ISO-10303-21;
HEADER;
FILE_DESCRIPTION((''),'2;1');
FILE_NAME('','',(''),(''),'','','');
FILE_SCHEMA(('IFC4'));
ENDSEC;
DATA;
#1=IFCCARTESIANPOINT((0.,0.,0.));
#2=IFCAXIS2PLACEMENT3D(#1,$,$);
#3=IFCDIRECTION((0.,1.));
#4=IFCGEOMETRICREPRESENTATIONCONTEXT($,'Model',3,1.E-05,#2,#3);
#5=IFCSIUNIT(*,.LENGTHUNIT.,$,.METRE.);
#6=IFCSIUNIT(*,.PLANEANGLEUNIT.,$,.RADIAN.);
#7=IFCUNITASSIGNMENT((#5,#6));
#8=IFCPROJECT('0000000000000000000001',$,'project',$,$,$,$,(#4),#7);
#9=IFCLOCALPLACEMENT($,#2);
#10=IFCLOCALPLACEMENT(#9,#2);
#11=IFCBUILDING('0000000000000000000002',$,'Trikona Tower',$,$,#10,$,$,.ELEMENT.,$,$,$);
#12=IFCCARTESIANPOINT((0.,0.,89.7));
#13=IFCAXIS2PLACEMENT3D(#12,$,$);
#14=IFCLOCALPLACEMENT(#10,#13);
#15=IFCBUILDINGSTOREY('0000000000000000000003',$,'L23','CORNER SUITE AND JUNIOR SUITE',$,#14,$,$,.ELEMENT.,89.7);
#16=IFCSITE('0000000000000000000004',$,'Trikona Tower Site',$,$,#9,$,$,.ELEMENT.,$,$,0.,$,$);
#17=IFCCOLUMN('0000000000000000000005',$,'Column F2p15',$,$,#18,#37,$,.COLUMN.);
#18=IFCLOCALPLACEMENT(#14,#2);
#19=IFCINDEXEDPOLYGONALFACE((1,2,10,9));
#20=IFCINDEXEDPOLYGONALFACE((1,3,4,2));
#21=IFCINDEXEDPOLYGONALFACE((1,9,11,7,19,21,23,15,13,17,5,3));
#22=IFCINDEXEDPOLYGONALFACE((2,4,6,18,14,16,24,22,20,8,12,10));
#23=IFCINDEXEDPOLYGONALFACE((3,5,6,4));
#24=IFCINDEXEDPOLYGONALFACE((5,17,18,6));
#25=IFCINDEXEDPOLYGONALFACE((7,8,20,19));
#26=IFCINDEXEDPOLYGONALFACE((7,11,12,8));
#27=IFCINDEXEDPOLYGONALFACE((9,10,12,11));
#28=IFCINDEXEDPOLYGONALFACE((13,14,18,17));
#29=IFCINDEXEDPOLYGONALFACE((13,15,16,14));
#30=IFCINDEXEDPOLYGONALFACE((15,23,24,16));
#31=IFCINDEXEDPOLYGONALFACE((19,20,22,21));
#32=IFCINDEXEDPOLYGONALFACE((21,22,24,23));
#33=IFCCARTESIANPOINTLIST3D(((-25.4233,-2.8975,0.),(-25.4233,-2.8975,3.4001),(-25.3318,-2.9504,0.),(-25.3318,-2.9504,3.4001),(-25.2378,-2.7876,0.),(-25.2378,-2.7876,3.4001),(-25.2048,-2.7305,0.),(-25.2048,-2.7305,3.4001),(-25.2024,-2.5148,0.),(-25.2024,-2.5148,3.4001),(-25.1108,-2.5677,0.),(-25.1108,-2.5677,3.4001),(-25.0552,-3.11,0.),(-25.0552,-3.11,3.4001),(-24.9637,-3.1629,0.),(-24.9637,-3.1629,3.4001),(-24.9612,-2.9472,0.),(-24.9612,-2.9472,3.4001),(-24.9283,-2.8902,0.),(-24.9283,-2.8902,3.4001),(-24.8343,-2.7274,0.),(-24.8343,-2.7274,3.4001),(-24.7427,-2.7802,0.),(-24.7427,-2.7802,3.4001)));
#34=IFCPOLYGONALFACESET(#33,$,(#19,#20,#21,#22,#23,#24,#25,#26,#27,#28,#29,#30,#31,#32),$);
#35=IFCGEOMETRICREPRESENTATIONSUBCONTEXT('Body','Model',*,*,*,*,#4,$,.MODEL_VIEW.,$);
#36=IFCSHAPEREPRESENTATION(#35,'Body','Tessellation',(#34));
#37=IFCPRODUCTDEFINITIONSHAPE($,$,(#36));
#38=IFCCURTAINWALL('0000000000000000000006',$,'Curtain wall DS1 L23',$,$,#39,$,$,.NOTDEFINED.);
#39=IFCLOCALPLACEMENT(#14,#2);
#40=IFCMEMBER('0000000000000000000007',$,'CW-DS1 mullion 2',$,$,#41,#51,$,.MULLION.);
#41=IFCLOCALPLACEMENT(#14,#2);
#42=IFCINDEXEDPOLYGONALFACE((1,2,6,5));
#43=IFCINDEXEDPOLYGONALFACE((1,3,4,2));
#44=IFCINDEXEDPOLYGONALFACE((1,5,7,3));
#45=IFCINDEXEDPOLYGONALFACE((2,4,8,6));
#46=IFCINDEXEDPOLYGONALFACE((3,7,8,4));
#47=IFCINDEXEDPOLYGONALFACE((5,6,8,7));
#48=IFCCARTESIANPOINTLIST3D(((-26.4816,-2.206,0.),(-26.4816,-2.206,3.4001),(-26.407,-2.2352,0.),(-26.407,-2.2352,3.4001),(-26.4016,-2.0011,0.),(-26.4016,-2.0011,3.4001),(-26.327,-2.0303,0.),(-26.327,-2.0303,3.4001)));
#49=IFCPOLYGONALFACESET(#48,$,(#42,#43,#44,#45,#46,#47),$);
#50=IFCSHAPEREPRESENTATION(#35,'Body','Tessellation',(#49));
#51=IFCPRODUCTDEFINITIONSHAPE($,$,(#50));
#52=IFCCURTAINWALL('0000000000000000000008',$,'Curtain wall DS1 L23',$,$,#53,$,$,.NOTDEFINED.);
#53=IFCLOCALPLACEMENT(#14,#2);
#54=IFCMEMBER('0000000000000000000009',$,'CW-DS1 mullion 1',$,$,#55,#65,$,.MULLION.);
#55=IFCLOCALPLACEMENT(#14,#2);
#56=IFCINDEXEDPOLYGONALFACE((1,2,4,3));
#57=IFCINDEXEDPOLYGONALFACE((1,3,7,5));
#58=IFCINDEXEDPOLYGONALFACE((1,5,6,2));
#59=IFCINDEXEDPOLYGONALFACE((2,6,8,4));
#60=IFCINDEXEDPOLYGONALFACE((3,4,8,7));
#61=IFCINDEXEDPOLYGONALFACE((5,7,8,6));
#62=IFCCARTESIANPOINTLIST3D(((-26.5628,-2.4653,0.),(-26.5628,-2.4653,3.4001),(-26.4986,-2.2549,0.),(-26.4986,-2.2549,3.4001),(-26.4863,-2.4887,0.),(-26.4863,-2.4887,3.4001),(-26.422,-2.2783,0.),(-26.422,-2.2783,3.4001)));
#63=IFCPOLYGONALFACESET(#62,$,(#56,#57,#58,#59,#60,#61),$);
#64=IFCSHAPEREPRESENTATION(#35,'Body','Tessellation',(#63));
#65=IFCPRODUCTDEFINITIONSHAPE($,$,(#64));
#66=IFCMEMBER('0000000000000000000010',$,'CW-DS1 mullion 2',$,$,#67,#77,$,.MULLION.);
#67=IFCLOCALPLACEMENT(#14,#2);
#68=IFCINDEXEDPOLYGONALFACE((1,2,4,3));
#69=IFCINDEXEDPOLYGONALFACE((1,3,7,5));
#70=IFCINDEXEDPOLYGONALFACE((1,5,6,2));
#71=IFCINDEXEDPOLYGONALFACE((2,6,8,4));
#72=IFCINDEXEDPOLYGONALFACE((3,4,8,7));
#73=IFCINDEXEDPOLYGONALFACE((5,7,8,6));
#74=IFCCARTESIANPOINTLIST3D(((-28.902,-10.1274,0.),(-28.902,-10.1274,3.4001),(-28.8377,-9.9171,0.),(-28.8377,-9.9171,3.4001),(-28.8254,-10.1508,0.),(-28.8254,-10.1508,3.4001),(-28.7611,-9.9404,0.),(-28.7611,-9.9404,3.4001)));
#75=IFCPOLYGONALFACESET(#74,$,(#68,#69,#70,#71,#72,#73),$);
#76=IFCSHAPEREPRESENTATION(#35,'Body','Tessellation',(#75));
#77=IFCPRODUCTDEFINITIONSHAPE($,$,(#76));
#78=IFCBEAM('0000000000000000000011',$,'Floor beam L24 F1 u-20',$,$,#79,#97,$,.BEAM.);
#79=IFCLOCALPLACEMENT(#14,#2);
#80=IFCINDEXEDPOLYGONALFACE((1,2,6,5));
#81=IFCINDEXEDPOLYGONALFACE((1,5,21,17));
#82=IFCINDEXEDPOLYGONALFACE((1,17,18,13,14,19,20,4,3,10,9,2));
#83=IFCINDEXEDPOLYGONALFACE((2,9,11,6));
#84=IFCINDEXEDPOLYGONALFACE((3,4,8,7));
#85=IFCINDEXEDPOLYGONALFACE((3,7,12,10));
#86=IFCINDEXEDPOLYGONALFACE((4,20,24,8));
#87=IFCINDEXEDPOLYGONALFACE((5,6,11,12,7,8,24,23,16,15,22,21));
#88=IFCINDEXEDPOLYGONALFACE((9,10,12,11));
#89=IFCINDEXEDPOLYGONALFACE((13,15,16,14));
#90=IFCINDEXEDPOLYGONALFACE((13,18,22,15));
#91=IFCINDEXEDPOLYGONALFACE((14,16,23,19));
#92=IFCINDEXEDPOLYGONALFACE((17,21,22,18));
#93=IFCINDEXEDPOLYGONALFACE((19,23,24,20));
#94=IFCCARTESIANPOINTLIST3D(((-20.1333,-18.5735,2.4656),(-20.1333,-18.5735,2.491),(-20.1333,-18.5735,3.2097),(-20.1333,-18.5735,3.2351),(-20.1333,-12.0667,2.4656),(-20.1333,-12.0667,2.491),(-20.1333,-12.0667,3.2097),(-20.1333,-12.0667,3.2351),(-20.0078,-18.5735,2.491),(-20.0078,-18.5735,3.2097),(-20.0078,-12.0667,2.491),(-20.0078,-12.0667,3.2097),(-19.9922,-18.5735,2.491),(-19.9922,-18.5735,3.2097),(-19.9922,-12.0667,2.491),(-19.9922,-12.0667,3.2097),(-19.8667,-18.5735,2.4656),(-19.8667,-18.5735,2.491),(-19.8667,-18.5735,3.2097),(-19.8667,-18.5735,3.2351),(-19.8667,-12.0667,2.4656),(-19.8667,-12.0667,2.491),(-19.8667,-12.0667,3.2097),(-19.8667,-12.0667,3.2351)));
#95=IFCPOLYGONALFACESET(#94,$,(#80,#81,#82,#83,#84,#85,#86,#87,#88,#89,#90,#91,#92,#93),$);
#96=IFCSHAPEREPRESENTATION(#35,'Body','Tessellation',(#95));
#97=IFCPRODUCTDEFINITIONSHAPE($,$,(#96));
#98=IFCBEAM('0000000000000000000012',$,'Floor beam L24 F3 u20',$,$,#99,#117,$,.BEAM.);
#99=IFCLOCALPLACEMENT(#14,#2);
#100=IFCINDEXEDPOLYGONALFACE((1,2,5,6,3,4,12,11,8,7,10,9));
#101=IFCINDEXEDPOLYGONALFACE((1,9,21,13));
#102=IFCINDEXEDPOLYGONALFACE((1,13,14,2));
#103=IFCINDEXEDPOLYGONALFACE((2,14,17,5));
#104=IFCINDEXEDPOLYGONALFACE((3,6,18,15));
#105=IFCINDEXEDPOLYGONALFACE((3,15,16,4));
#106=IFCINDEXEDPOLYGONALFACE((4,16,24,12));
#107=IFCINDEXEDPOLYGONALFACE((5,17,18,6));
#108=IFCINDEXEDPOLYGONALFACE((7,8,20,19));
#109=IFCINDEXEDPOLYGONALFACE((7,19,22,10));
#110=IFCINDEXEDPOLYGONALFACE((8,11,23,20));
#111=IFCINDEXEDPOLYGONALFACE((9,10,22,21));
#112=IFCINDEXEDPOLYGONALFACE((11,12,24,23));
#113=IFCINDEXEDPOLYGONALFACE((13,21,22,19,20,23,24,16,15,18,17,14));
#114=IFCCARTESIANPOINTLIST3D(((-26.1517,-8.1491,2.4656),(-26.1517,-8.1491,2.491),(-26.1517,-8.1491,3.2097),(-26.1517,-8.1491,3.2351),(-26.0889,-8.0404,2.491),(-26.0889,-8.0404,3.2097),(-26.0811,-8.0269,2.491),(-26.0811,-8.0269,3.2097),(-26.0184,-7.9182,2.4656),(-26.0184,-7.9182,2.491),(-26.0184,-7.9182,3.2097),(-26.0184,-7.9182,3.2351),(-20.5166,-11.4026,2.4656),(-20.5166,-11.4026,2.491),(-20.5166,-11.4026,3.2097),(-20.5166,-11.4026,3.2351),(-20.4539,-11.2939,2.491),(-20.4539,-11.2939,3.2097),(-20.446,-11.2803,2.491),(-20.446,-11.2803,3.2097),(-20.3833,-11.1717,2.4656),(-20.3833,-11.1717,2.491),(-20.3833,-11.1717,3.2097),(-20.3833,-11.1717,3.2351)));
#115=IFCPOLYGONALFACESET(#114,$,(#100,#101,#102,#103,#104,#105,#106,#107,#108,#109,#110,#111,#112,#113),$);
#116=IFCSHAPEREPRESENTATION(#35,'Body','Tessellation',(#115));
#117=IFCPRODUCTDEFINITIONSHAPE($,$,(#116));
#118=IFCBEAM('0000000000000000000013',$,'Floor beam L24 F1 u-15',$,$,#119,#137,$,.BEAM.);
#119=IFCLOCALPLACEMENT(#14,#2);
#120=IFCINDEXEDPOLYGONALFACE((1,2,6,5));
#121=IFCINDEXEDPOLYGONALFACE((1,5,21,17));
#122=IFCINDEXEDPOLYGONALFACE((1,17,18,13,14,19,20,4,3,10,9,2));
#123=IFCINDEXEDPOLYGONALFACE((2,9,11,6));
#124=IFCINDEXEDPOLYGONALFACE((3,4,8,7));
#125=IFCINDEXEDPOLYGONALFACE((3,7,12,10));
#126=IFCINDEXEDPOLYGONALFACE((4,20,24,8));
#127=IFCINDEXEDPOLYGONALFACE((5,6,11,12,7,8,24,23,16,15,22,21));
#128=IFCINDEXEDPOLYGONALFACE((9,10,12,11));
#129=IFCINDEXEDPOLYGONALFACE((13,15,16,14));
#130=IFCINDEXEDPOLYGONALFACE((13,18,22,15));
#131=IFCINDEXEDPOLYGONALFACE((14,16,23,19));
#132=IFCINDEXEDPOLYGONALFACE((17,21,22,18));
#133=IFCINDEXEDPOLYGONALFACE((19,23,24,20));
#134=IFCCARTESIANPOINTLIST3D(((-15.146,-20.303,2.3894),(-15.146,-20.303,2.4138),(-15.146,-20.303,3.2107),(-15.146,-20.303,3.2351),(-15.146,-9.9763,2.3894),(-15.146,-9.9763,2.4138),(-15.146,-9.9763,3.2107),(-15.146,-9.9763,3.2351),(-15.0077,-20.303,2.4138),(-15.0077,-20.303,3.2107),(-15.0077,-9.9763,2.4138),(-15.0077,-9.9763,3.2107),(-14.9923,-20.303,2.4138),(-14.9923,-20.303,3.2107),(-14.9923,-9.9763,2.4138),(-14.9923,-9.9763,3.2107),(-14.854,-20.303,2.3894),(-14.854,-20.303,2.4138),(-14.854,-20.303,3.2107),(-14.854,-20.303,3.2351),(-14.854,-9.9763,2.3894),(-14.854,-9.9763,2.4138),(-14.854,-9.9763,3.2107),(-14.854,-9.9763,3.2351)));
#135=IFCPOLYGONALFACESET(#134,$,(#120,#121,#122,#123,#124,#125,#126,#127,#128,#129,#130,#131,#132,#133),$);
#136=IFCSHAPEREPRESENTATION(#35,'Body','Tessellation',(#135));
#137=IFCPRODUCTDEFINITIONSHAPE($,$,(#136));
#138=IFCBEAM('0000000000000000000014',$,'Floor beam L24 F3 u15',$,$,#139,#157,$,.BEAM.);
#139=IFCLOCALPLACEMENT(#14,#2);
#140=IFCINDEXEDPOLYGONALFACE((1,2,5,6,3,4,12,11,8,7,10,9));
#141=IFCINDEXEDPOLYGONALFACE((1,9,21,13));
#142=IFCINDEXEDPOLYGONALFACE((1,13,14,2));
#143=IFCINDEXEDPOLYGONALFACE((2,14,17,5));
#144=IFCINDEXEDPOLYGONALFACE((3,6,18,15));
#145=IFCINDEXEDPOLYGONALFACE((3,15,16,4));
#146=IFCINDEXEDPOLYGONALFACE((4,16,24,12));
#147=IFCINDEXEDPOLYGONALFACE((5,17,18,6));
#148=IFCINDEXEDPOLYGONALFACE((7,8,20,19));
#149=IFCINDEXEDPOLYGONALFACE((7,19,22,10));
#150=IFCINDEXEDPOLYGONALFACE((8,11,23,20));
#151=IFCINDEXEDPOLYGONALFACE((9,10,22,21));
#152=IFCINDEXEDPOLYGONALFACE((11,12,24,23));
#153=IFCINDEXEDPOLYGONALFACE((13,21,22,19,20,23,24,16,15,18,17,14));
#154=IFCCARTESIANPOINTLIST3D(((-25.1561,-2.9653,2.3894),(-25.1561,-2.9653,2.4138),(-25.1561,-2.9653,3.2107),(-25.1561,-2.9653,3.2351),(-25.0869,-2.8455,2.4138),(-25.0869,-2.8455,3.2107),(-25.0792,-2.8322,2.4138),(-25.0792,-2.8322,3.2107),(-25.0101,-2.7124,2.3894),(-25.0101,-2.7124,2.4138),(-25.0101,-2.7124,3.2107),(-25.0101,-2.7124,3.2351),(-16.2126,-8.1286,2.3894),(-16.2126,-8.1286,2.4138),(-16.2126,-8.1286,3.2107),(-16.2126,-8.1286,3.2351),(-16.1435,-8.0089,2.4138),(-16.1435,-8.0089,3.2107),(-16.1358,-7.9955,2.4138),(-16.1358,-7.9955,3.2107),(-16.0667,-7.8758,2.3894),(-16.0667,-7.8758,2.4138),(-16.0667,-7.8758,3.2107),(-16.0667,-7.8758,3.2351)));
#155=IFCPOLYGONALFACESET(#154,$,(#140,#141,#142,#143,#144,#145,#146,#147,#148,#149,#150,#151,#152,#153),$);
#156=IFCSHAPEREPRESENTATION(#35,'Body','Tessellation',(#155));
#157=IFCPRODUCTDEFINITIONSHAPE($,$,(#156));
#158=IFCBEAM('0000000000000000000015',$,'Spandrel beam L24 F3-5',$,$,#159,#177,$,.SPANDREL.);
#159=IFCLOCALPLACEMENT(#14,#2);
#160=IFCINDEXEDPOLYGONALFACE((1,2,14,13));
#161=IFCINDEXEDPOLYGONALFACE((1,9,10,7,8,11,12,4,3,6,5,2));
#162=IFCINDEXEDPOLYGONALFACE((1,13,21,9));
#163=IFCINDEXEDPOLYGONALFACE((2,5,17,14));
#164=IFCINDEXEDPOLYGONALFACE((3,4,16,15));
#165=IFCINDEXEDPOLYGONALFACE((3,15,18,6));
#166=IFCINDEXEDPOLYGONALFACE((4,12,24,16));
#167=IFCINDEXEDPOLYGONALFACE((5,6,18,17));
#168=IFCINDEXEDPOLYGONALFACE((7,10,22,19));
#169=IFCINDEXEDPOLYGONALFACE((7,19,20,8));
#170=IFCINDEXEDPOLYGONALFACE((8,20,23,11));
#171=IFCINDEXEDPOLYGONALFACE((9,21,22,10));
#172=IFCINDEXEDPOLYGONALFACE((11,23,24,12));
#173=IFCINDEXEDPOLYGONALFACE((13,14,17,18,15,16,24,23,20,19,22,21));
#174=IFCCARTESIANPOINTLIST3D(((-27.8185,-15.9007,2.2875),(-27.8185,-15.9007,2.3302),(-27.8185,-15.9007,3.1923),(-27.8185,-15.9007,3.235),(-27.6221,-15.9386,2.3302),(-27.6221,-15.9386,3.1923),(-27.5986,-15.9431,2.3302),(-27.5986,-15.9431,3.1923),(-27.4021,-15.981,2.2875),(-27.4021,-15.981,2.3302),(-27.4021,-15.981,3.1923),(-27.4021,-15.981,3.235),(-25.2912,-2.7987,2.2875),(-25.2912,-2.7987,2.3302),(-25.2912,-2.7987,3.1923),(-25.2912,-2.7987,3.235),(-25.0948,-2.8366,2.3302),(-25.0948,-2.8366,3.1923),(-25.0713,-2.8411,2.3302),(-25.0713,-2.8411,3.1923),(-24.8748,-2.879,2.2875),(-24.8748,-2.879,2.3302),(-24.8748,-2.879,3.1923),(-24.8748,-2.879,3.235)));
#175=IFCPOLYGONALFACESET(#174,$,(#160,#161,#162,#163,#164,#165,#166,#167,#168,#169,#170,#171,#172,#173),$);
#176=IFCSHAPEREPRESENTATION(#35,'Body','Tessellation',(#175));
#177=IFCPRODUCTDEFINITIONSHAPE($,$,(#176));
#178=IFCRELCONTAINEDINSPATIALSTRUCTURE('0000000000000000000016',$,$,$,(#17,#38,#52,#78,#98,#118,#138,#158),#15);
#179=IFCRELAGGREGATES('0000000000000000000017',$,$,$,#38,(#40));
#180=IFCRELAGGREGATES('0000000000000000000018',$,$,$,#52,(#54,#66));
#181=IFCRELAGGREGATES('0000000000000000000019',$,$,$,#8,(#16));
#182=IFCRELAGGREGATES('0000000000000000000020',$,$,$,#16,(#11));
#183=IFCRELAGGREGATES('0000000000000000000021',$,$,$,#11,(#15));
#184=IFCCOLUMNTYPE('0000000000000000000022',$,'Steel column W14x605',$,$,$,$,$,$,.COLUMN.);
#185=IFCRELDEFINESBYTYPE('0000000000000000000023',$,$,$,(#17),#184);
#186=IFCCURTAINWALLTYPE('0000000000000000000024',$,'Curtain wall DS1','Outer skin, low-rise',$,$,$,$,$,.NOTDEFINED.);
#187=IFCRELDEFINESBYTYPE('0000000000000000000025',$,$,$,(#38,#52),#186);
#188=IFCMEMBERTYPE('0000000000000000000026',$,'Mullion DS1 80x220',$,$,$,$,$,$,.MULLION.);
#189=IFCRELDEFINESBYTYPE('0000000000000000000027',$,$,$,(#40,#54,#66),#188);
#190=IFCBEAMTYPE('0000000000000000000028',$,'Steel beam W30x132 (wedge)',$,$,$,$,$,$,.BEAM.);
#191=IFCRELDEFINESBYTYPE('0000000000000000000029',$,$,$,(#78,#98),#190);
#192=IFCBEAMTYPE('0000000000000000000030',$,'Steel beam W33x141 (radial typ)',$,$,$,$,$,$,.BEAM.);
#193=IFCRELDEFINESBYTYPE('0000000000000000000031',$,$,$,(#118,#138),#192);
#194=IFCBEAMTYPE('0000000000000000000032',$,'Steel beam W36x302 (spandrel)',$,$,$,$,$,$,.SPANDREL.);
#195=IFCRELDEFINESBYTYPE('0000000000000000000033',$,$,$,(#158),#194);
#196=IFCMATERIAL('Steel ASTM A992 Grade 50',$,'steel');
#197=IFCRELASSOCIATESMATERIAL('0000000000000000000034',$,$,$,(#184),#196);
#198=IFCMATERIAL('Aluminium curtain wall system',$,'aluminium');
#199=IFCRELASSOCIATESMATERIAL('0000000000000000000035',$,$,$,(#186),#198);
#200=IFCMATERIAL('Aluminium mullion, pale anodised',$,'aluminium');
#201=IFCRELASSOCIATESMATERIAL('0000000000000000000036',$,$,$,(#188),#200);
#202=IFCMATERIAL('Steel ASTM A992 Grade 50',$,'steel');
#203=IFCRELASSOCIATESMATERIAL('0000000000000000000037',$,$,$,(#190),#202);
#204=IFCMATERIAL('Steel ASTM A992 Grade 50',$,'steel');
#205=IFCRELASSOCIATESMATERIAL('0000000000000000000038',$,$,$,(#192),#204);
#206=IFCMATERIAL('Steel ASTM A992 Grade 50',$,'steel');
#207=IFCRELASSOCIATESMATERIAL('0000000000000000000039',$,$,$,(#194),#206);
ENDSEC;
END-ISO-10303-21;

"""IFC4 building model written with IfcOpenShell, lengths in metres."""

from ifc_helpers import new_model, si_unit, direction, frame, origin, origin_2d, place, context, subcontext, project, spatial, rectangle, i_section, extrude, material, material_profile, profile_set, type_object, element, aggregate, save


model = new_model("IFC4")

# Units and contexts
model_context = context("Model", 3, precision=1e-05, world=origin(), true_north=direction((0.0, 1.0)))
body_context = subcontext(model_context, "Body", "Model", "MODEL_VIEW")
ifc_project = project(units=[si_unit("LENGTHUNIT", "METRE"), si_unit("PLANEANGLEUNIT", "RADIAN")], contexts=[model_context])

# Site, building, storey
site_placement = place(None, origin())
site = spatial("IfcSite", under=ifc_project, at=site_placement, Name="Trikona Tower Site", CompositionType="ELEMENT", RefElevation=0.0)
building_placement = place(site_placement, origin())
building = spatial("IfcBuilding", under=site, at=building_placement, Name="Trikona Tower", CompositionType="ELEMENT")
storey_placement = place(building_placement, frame((0.0, 0.0, 89.7)))
storey = spatial("IfcBuildingStorey", under=building, at=storey_placement, Name="L23", Description="CORNER SUITE AND JUNIOR SUITE", CompositionType="ELEMENT", Elevation=89.7)

# Column
ifc_material_1 = material(Name="Steel ASTM A992 Grade 50", Category="steel")
ifc_material_profile_1 = material_profile(ifc_material_1, i_section(OverallWidth=0.4419, OverallDepth=0.5308, WebThickness=0.0659, FlangeThickness=0.1057, at=origin_2d()), Name="W14X605")
ifc_profile_set_1 = profile_set([ifc_material_profile_1], Name="Steel ASTM A992 Grade 50")
column_type = type_object("IfcColumnType", Name="Steel column W14x605", PredefinedType="COLUMN", material=ifc_profile_set_1)
column_placement = place(storey_placement, frame((-25.083, -2.8389, 0.0), z_axis=(0.0, 0.0, 1.0), x_axis=(-0.5, -0.866025, 0.0)))
element("IfcColumn", 1, at=column_placement, inside=storey, type_object=column_type, Name="Column F2p15", PredefinedType="COLUMN", context=body_context, shape_type="SweptSolid", body=[
    extrude(i_section(OverallWidth=0.4419, OverallDepth=0.5308, WebThickness=0.0659, FlangeThickness=0.1057, at=origin_2d()), origin(), (0.0, 0.0, 1.0), 3.4001),
])

# Curtain wall, member
ifc_material_2 = material(Name="Aluminium curtain wall system", Category="aluminium")
curtain_wall_type = type_object("IfcCurtainWallType", Name="Curtain wall DS1", Description="Outer skin, low-rise", PredefinedType="NOTDEFINED", material=ifc_material_2)
curtain_wall_1_placement = place(storey_placement, origin())
curtain_wall_1 = element("IfcCurtainWall", 2, at=curtain_wall_1_placement, inside=storey, type_object=curtain_wall_type, Name="Curtain wall DS1 L23", PredefinedType="NOTDEFINED")
ifc_material_3 = material(Name="Aluminium mullion, pale anodised", Category="aluminium")
ifc_material_profile_2 = material_profile(ifc_material_3, rectangle(XDim=0.0801, YDim=0.22, at=origin_2d()), Name="MUL-DS1")
ifc_profile_set_2 = profile_set([ifc_material_profile_2], Name="Aluminium mullion, pale anodised")
member_type_1 = type_object("IfcMemberType", Name="Mullion DS1 80x220", PredefinedType="MULLION", material=ifc_profile_set_2)
member_1_placement = place(storey_placement, frame((-26.4043, -2.1182, 0.0), z_axis=(0.0, 0.0, 1.0), x_axis=(0.931396, -0.364008, 0.0)))
member_1 = element("IfcMember", 3, at=member_1_placement, type_object=member_type_1, Name="CW-DS1 mullion 2", PredefinedType="MULLION", context=body_context, shape_type="SweptSolid", body=[
    extrude(rectangle(XDim=0.0801, YDim=0.22, at=origin_2d()), origin(), (0.0, 0.0, 1.0), 3.4001),
])
aggregate(curtain_wall_1, [member_1])

# Curtain wall, members
curtain_wall_2_placement = place(storey_placement, origin())
curtain_wall_2 = element("IfcCurtainWall", 4, at=curtain_wall_2_placement, inside=storey, type_object=curtain_wall_type, Name="Curtain wall DS1 L23", PredefinedType="NOTDEFINED")
member_2_placement = place(storey_placement, frame((-26.4924, -2.3718, 0.0), z_axis=(0.0, 0.0, 1.0), x_axis=(0.956423, -0.291984, 0.0)))
member_2 = element("IfcMember", 5, at=member_2_placement, type_object=member_type_1, Name="CW-DS1 mullion 1", PredefinedType="MULLION", context=body_context, shape_type="SweptSolid", body=[
    extrude(rectangle(XDim=0.0801, YDim=0.22, at=origin_2d()), origin(), (0.0, 0.0, 1.0), 3.4001),
])
member_3_placement = place(storey_placement, frame((-28.8315, -10.0339, 0.0), z_axis=(0.0, 0.0, 1.0), x_axis=(0.956423, -0.291984, 0.0)))
member_3 = element("IfcMember", 6, at=member_3_placement, type_object=member_type_1, Name="CW-DS1 mullion 2", PredefinedType="MULLION", context=body_context, shape_type="SweptSolid", body=[
    extrude(rectangle(XDim=0.0801, YDim=0.22, at=origin_2d()), origin(), (0.0, 0.0, 1.0), 3.4001),
])

# Beams
ifc_material_4 = material(Name="Steel ASTM A992 Grade 50", Category="steel")
ifc_material_profile_3 = material_profile(ifc_material_4, i_section(OverallWidth=0.2666, OverallDepth=0.7695, WebThickness=0.0156, FlangeThickness=0.0254, at=origin_2d()), Name="W30X132")
ifc_profile_set_3 = profile_set([ifc_material_profile_3], Name="Steel ASTM A992 Grade 50")
beam_type_1 = type_object("IfcBeamType", Name="Steel beam W30x132 (wedge)", PredefinedType="BEAM", material=ifc_profile_set_3)
for number, where, z_axis, x_axis, name in (
    (7, (-20.0, -12.0667, 2.8503), (0.0, -1.0, 0.0), (1.0, 0.0, 0.0), "Floor beam L24 F1 u-20"),
    (8, (-20.45, -11.2871, 2.8503), (-0.866023, 0.500005, 0.0), (-0.500005, -0.866023, 0.0), "Floor beam L24 F3 u20"),
):
    element("IfcBeam", number, at=place(storey_placement, frame(where, z_axis=z_axis, x_axis=x_axis)), inside=storey, type_object=beam_type_1, Name=name, PredefinedType="BEAM", context=body_context, shape_type="SweptSolid", body=[
        extrude(i_section(OverallWidth=0.2666, OverallDepth=0.7695, WebThickness=0.0156, FlangeThickness=0.0254, at=origin_2d()), origin(), (0.0, 0.0, 1.0), 6.5068),
    ])
ifc_material_5 = material(Name="Steel ASTM A992 Grade 50", Category="steel")
ifc_material_profile_4 = material_profile(ifc_material_5, i_section(OverallWidth=0.292, OverallDepth=0.8457, WebThickness=0.0154, FlangeThickness=0.0244, at=origin_2d()), Name="W33X141")
ifc_profile_set_4 = profile_set([ifc_material_profile_4], Name="Steel ASTM A992 Grade 50")
beam_type_2 = type_object("IfcBeamType", Name="Steel beam W33x141 (radial typ)", PredefinedType="BEAM", material=ifc_profile_set_4)
beam_1_placement = place(storey_placement, frame((-15.0, -9.9763, 2.8123), z_axis=(0.0, -1.0, 0.0), x_axis=(1.0, 0.0, 0.0)))
element("IfcBeam", 9, at=beam_1_placement, inside=storey, type_object=beam_type_2, Name="Floor beam L24 F1 u-15", PredefinedType="BEAM", context=body_context, shape_type="SweptSolid", body=[
    extrude(i_section(OverallWidth=0.292, OverallDepth=0.8457, WebThickness=0.0154, FlangeThickness=0.0244, at=origin_2d()), origin(), (0.0, 0.0, 1.0), 10.3267),
])
beam_2_placement = place(storey_placement, frame((-16.1396, -8.0022, 2.8123), z_axis=(-0.86603, 0.499991, 0.0), x_axis=(-0.499991, -0.86603, 0.0)))
element("IfcBeam", 10, at=beam_2_placement, inside=storey, type_object=beam_type_2, Name="Floor beam L24 F3 u15", PredefinedType="BEAM", context=body_context, shape_type="SweptSolid", body=[
    extrude(i_section(OverallWidth=0.292, OverallDepth=0.8457, WebThickness=0.0154, FlangeThickness=0.0244, at=origin_2d()), origin(), (0.0, 0.0, 1.0), 10.3269),
])
ifc_material_6 = material(Name="Steel ASTM A992 Grade 50", Category="steel")
ifc_material_profile_5 = material_profile(ifc_material_6, i_section(OverallWidth=0.4241, OverallDepth=0.9475, WebThickness=0.0239, FlangeThickness=0.0427, at=origin_2d()), Name="W36X302")
ifc_profile_set_5 = profile_set([ifc_material_profile_5], Name="Steel ASTM A992 Grade 50")
beam_type_3 = type_object("IfcBeamType", Name="Steel beam W36x302 (spandrel)", PredefinedType="SPANDREL", material=ifc_profile_set_5)
beam_3_placement = place(storey_placement, frame((-25.083, -2.8389, 2.7612), z_axis=(-0.189405, -0.981899, 0.0), x_axis=(0.981899, -0.189405, 0.0)))
element("IfcBeam", 11, at=beam_3_placement, inside=storey, type_object=beam_type_3, Name="Spandrel beam L24 F3-5", PredefinedType="SPANDREL", context=body_context, shape_type="SweptSolid", body=[
    extrude(i_section(OverallWidth=0.4241, OverallDepth=0.9475, WebThickness=0.0239, FlangeThickness=0.0427, at=origin_2d()), origin(), (0.0, 0.0, 1.0), 13.3435),
])

aggregate(curtain_wall_2, [member_2, member_3])

save(model, "model.ifc")
